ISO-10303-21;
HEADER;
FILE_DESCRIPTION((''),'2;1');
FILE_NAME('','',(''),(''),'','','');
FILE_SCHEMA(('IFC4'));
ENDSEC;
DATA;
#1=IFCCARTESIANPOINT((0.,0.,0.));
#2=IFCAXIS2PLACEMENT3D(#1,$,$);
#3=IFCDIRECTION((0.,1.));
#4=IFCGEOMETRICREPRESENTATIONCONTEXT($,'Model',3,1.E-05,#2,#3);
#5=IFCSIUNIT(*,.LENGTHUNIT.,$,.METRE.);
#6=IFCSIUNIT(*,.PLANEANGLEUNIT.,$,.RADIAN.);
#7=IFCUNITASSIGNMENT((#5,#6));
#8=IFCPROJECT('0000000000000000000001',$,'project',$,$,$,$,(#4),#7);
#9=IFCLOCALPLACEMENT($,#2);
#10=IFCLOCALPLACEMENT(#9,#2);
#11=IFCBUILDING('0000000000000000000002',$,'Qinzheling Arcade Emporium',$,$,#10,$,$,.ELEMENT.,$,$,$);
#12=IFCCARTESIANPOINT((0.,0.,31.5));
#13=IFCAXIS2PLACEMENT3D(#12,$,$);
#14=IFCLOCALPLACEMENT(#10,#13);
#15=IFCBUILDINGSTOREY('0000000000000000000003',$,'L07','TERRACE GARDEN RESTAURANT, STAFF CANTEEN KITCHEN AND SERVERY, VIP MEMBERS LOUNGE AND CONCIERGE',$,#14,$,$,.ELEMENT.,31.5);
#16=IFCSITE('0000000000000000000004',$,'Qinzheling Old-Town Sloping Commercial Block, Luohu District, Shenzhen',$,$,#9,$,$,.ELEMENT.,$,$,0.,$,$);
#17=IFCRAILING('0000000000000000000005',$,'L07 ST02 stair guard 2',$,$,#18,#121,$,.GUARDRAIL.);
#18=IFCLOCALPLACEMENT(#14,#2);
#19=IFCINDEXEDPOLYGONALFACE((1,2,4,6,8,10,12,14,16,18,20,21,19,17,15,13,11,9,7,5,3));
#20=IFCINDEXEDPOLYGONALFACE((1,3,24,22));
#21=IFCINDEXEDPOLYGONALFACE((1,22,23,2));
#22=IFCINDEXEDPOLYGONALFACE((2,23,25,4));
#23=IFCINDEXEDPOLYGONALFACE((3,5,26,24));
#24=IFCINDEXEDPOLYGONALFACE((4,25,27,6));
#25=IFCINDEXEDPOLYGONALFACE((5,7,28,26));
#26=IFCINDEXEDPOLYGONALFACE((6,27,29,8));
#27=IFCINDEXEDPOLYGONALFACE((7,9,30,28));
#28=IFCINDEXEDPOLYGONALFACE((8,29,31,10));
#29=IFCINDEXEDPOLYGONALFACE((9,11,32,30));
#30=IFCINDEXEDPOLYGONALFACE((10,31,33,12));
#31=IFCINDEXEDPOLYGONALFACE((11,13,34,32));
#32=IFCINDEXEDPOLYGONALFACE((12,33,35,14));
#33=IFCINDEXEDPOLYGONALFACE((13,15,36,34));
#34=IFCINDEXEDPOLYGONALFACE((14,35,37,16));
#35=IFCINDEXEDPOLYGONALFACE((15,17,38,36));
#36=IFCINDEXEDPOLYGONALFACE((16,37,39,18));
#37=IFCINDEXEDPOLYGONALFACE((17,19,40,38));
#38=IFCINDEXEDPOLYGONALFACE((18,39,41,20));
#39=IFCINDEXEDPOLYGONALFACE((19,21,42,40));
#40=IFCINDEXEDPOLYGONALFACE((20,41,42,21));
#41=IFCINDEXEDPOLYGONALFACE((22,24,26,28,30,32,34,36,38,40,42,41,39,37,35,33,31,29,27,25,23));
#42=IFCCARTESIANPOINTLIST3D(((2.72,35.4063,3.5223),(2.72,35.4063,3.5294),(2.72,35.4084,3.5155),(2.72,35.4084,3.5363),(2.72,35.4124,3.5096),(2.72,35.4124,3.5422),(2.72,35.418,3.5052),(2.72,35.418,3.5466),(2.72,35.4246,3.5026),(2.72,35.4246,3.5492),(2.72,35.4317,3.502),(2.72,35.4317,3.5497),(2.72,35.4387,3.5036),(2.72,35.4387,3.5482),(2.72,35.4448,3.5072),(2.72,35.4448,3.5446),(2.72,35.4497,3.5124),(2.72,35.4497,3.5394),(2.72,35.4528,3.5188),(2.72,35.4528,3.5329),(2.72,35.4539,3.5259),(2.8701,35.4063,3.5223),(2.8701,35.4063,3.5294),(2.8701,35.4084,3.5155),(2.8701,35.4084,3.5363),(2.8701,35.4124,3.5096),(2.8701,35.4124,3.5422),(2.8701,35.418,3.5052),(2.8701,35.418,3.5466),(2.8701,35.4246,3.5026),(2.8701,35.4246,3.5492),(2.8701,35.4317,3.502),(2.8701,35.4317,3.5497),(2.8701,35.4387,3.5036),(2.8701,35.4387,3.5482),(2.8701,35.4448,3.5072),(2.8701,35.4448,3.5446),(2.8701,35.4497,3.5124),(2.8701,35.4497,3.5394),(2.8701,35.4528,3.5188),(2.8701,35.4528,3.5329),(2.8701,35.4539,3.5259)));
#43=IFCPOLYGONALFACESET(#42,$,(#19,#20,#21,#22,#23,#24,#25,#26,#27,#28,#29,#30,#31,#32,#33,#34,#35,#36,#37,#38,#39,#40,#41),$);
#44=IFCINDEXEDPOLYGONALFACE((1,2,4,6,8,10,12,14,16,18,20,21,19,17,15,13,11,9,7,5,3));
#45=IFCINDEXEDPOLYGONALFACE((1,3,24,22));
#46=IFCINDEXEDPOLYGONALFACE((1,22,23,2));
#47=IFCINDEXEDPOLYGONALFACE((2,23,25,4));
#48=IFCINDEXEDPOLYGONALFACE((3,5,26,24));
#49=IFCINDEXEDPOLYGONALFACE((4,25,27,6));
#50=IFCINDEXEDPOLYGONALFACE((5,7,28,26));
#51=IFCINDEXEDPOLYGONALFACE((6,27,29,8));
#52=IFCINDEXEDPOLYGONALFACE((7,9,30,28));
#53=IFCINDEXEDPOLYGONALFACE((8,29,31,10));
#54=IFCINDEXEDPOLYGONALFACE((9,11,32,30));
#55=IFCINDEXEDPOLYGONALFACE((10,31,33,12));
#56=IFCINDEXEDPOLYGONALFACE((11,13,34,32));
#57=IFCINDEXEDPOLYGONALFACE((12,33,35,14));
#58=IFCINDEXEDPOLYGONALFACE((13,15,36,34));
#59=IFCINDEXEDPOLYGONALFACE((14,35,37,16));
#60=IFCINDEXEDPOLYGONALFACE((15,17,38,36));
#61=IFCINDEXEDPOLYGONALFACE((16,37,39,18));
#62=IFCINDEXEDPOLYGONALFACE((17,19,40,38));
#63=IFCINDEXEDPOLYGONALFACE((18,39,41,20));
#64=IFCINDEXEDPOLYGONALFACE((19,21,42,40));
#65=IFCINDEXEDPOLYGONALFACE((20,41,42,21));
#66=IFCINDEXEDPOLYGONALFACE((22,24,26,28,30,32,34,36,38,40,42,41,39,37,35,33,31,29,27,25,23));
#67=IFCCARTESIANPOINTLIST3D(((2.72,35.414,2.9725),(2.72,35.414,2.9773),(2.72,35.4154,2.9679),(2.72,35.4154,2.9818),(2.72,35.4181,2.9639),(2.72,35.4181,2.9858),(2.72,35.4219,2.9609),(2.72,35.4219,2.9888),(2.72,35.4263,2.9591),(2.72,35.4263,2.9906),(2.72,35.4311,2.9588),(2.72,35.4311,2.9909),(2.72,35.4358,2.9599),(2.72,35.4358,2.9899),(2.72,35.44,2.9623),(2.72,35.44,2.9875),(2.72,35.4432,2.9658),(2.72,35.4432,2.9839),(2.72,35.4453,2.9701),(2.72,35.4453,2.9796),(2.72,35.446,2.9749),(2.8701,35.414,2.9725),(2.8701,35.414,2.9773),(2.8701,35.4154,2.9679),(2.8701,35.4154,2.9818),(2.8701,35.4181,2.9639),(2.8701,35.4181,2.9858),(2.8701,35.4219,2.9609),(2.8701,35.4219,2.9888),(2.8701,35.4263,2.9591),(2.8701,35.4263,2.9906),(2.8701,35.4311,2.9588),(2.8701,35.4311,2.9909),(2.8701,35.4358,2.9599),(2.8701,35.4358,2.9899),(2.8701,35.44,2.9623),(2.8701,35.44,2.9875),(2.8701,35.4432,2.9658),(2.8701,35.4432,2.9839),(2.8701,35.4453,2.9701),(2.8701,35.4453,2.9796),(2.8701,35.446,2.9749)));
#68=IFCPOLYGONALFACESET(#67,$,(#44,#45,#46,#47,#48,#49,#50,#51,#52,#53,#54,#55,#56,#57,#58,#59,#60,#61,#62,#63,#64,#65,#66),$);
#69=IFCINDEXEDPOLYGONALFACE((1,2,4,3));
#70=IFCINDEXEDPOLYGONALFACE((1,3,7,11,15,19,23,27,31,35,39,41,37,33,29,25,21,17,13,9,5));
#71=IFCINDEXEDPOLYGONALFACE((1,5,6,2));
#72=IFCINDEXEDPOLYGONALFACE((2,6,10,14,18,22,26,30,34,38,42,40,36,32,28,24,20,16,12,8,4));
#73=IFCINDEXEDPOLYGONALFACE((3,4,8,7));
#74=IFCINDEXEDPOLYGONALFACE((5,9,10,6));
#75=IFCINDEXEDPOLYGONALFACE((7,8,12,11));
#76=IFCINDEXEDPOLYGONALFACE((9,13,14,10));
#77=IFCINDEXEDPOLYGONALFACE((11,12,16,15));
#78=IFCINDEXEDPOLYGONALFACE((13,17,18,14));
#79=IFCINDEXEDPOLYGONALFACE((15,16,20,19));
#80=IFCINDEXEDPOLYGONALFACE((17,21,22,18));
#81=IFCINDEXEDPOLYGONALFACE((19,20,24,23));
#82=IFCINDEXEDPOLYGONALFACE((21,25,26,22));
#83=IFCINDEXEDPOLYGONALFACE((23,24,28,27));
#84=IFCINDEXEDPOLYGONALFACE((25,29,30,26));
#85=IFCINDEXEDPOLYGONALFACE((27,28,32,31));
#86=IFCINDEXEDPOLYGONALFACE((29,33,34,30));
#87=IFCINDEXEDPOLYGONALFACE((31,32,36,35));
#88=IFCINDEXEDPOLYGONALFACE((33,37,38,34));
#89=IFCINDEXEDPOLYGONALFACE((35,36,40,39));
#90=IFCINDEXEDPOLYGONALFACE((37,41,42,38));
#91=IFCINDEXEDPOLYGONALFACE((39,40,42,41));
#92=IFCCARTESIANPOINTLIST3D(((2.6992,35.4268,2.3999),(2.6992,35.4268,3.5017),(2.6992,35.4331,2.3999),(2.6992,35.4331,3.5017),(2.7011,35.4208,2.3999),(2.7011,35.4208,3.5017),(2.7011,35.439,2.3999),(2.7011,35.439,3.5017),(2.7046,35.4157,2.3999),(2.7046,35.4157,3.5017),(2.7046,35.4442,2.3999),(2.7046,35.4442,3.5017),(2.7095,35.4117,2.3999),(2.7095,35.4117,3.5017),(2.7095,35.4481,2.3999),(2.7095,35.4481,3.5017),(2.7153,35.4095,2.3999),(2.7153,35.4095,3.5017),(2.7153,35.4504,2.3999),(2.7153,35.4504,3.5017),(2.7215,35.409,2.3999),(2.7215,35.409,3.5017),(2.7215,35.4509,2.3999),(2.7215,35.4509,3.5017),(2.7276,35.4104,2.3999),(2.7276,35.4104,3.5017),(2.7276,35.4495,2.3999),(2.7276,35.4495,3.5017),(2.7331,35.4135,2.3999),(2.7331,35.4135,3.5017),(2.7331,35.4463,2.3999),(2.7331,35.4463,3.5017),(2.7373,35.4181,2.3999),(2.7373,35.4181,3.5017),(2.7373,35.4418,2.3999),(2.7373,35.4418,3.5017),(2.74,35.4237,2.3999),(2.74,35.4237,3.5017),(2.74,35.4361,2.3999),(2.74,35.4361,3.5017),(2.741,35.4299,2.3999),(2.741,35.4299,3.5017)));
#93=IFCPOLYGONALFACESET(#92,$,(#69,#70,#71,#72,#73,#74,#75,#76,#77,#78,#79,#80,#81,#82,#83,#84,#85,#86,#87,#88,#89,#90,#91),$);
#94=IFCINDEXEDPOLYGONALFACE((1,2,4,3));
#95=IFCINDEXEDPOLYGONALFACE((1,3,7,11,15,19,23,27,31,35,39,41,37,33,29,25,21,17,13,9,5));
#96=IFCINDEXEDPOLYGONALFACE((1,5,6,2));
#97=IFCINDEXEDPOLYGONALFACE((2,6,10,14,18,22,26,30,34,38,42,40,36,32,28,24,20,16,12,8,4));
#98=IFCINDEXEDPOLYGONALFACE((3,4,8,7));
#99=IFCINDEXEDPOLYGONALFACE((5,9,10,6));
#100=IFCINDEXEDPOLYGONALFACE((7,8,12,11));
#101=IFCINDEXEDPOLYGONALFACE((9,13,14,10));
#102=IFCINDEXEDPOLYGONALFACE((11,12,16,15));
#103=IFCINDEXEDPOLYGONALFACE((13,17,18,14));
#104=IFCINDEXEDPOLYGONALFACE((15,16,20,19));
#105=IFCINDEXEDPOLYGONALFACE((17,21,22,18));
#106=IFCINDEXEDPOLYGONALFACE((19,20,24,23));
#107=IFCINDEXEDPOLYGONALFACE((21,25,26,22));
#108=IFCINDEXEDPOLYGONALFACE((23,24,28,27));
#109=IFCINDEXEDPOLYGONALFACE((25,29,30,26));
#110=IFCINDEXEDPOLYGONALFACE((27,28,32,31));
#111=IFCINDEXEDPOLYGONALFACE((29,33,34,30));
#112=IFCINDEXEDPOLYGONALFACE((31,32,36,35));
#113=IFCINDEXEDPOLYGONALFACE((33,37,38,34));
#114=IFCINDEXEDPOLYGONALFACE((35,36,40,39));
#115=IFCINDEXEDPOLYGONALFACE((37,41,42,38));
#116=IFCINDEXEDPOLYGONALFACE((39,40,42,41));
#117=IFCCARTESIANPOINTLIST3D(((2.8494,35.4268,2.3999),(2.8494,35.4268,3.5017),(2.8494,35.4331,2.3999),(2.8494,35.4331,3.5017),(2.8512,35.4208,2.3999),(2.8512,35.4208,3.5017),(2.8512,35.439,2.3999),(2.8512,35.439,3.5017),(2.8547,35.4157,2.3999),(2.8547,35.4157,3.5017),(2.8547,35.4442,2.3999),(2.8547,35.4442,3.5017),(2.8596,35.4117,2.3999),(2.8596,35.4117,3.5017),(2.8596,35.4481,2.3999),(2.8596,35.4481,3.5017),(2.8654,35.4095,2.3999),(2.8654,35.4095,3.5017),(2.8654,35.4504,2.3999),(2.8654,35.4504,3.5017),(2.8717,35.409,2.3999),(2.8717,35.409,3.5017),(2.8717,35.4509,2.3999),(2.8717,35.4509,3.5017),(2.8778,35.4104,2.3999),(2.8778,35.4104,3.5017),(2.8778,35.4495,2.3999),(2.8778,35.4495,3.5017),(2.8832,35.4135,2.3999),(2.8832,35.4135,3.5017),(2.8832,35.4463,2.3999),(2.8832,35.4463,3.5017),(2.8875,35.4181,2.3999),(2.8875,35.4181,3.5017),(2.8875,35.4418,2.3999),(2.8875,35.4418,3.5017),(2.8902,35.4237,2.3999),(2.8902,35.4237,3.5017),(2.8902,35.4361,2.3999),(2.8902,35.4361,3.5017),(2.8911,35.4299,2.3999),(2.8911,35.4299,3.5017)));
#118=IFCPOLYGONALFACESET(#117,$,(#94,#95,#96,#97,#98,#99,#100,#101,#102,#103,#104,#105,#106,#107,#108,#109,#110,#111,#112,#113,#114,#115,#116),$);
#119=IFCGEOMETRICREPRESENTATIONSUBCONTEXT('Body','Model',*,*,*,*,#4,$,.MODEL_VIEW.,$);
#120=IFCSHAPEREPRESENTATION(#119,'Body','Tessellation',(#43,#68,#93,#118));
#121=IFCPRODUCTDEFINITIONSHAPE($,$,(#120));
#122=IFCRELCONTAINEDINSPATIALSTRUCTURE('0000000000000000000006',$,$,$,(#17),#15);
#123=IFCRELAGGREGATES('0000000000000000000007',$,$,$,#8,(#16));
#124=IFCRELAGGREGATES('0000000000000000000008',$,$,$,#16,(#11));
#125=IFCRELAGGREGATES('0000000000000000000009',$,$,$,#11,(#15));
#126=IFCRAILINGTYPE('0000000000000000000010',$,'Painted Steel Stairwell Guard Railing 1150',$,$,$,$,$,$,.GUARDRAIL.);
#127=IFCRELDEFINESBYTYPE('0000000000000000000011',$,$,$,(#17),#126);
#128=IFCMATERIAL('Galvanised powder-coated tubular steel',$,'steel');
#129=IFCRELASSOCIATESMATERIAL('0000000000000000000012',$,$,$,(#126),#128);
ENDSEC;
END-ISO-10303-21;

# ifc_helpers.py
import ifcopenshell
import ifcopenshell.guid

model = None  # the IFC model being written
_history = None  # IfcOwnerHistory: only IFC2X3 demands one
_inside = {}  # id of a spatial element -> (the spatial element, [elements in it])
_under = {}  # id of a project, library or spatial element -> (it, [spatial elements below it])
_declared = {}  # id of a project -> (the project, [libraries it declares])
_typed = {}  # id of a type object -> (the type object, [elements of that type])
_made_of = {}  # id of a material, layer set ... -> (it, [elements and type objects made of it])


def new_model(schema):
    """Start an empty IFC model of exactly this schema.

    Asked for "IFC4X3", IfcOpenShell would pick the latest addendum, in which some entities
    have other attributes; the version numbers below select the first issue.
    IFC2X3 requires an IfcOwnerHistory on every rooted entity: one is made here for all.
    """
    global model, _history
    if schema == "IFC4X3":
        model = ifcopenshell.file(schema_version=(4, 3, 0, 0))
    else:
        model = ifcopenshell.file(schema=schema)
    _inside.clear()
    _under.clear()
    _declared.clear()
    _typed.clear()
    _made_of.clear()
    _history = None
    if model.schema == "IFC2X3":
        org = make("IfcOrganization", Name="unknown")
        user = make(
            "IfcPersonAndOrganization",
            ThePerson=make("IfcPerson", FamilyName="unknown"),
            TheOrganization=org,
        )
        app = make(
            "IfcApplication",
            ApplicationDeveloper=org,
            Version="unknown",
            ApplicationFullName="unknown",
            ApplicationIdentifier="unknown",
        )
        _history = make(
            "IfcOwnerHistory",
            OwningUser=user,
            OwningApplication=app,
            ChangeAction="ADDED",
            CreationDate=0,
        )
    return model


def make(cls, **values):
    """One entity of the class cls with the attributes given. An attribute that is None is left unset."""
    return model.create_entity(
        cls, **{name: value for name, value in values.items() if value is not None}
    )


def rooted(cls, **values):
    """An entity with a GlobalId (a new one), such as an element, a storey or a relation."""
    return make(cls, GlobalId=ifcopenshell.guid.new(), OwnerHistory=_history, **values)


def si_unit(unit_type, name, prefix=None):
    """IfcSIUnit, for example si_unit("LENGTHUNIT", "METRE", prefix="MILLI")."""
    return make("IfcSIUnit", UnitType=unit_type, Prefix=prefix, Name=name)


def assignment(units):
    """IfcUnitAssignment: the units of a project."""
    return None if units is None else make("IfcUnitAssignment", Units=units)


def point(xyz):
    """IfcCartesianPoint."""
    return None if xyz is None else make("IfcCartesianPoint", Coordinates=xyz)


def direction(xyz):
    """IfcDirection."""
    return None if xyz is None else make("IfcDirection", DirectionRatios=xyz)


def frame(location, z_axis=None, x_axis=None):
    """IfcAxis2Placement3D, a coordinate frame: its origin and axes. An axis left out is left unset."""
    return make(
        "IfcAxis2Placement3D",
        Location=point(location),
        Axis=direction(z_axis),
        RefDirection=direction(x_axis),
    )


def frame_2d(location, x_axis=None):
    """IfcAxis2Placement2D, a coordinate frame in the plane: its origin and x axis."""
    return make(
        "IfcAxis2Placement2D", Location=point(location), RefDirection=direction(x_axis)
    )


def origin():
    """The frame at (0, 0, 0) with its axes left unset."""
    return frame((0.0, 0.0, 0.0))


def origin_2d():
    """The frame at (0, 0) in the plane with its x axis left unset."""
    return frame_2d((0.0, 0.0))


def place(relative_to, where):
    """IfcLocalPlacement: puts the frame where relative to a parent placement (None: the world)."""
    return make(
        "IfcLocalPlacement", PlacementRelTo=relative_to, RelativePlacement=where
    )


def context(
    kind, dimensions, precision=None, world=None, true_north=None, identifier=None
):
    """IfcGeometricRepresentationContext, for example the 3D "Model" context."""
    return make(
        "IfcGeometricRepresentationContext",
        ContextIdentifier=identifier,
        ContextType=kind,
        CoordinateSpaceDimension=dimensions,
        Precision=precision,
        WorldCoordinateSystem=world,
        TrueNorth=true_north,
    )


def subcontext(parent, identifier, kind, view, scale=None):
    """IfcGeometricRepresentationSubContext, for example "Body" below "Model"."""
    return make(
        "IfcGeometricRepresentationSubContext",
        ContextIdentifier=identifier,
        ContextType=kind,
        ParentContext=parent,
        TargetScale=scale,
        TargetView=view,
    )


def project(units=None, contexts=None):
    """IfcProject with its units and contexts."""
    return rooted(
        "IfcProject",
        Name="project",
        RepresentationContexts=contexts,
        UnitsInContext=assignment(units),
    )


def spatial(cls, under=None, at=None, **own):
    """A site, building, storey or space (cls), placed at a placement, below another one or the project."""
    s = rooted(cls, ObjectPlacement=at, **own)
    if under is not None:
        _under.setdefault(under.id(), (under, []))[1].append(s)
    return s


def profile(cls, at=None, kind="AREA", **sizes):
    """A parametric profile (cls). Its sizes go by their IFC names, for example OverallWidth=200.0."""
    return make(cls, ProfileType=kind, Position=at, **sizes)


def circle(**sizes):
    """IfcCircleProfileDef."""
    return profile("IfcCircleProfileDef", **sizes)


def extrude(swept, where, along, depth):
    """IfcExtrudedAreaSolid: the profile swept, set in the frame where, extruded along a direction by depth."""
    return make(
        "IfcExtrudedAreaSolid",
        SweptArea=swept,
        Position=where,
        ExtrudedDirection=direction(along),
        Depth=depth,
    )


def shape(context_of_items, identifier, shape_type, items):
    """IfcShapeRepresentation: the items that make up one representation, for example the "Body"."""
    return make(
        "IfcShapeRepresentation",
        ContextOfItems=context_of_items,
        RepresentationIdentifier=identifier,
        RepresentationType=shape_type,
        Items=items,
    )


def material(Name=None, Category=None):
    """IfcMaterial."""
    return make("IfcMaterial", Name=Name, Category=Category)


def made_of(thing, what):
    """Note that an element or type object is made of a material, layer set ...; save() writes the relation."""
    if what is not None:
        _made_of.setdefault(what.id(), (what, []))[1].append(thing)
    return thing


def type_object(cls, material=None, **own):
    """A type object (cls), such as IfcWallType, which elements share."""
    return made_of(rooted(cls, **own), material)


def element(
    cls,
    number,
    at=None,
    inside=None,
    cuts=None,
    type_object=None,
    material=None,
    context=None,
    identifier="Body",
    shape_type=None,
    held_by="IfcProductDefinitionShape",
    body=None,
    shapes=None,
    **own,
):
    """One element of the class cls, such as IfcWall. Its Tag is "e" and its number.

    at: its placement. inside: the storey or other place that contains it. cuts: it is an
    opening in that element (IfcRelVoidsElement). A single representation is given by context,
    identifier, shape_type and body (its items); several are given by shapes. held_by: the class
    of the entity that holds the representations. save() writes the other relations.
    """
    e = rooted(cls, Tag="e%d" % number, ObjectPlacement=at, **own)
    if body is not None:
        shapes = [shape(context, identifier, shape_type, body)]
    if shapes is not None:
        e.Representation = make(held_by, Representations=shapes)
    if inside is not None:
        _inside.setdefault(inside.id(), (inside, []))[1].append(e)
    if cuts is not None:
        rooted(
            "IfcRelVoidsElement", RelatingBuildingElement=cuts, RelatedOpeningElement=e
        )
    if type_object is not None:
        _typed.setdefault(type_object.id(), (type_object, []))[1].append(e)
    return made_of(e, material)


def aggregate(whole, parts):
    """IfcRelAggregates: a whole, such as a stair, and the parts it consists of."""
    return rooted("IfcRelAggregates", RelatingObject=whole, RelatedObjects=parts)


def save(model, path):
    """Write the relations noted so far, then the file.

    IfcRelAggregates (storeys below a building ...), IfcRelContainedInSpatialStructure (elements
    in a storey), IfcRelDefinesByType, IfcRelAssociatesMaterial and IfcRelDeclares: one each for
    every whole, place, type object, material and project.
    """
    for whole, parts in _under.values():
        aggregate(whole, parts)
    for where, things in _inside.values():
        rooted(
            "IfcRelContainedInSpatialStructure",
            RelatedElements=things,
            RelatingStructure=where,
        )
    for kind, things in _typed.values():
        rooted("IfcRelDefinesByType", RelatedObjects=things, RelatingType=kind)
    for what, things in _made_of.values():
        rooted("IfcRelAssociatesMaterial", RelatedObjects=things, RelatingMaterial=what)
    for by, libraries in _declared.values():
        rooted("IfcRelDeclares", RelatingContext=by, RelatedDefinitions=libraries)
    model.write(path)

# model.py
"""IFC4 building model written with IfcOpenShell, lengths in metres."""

from ifc_helpers import new_model, si_unit, direction, frame, origin, origin_2d, place, context, subcontext, project, spatial, circle, extrude, material, type_object, element, save


model = new_model("IFC4")

# Units and contexts
model_context = context("Model", 3, precision=1e-05, world=origin(), true_north=direction((0.0, 1.0)))
body_context = subcontext(model_context, "Body", "Model", "MODEL_VIEW")
ifc_project = project(units=[si_unit("LENGTHUNIT", "METRE"), si_unit("PLANEANGLEUNIT", "RADIAN")], contexts=[model_context])

# Site, building, storey
site_placement = place(None, origin())
site = spatial("IfcSite", under=ifc_project, at=site_placement, Name="Qinzheling Old-Town Sloping Commercial Block, Luohu District, Shenzhen", CompositionType="ELEMENT", RefElevation=0.0)
building_placement = place(site_placement, origin())
building = spatial("IfcBuilding", under=site, at=building_placement, Name="Qinzheling Arcade Emporium", CompositionType="ELEMENT")
storey_placement = place(building_placement, frame((0.0, 0.0, 31.5)))
storey = spatial("IfcBuildingStorey", under=building, at=storey_placement, Name="L07", Description="TERRACE GARDEN RESTAURANT, STAFF CANTEEN KITCHEN AND SERVERY, VIP MEMBERS LOUNGE AND CONCIERGE", CompositionType="ELEMENT", Elevation=31.5)

# Railing
ifc_material_1 = material(Name="Galvanised powder-coated tubular steel", Category="steel")
railing_type_1 = type_object("IfcRailingType", Name="Painted Steel Stairwell Guard Railing 1150", PredefinedType="GUARDRAIL", material=ifc_material_1)
railing_1_placement = place(storey_placement, frame((2.72, 35.4299, 2.3999)))
element("IfcRailing", 1, at=railing_1_placement, inside=storey, type_object=railing_type_1, Name="L07 ST02 stair guard 2", PredefinedType="GUARDRAIL", context=body_context, shape_type="SweptSolid", body=[
    extrude(circle(Radius=0.0239, at=origin_2d()), frame((0.0, 0.0, 1.126), z_axis=(1.0, 0.0, 0.0), x_axis=(0.0, 1.0, 0.0)), (0.0, 0.0, 1.0), 0.1501),
    extrude(circle(Radius=0.0161, at=origin_2d()), frame((0.0, 0.0, 0.575), z_axis=(1.0, 0.0, 0.0), x_axis=(0.0, 1.0, 0.0)), (0.0, 0.0, 1.0), 0.1501),
    extrude(circle(Radius=0.021, at=origin_2d()), origin(), (0.0, 0.0, 1.0), 1.1018),
    extrude(circle(Radius=0.021, at=origin_2d()), frame((0.1501, 0.0, 0.0)), (0.0, 0.0, 1.0), 1.1018),
])

save(model, "model.ifc")
